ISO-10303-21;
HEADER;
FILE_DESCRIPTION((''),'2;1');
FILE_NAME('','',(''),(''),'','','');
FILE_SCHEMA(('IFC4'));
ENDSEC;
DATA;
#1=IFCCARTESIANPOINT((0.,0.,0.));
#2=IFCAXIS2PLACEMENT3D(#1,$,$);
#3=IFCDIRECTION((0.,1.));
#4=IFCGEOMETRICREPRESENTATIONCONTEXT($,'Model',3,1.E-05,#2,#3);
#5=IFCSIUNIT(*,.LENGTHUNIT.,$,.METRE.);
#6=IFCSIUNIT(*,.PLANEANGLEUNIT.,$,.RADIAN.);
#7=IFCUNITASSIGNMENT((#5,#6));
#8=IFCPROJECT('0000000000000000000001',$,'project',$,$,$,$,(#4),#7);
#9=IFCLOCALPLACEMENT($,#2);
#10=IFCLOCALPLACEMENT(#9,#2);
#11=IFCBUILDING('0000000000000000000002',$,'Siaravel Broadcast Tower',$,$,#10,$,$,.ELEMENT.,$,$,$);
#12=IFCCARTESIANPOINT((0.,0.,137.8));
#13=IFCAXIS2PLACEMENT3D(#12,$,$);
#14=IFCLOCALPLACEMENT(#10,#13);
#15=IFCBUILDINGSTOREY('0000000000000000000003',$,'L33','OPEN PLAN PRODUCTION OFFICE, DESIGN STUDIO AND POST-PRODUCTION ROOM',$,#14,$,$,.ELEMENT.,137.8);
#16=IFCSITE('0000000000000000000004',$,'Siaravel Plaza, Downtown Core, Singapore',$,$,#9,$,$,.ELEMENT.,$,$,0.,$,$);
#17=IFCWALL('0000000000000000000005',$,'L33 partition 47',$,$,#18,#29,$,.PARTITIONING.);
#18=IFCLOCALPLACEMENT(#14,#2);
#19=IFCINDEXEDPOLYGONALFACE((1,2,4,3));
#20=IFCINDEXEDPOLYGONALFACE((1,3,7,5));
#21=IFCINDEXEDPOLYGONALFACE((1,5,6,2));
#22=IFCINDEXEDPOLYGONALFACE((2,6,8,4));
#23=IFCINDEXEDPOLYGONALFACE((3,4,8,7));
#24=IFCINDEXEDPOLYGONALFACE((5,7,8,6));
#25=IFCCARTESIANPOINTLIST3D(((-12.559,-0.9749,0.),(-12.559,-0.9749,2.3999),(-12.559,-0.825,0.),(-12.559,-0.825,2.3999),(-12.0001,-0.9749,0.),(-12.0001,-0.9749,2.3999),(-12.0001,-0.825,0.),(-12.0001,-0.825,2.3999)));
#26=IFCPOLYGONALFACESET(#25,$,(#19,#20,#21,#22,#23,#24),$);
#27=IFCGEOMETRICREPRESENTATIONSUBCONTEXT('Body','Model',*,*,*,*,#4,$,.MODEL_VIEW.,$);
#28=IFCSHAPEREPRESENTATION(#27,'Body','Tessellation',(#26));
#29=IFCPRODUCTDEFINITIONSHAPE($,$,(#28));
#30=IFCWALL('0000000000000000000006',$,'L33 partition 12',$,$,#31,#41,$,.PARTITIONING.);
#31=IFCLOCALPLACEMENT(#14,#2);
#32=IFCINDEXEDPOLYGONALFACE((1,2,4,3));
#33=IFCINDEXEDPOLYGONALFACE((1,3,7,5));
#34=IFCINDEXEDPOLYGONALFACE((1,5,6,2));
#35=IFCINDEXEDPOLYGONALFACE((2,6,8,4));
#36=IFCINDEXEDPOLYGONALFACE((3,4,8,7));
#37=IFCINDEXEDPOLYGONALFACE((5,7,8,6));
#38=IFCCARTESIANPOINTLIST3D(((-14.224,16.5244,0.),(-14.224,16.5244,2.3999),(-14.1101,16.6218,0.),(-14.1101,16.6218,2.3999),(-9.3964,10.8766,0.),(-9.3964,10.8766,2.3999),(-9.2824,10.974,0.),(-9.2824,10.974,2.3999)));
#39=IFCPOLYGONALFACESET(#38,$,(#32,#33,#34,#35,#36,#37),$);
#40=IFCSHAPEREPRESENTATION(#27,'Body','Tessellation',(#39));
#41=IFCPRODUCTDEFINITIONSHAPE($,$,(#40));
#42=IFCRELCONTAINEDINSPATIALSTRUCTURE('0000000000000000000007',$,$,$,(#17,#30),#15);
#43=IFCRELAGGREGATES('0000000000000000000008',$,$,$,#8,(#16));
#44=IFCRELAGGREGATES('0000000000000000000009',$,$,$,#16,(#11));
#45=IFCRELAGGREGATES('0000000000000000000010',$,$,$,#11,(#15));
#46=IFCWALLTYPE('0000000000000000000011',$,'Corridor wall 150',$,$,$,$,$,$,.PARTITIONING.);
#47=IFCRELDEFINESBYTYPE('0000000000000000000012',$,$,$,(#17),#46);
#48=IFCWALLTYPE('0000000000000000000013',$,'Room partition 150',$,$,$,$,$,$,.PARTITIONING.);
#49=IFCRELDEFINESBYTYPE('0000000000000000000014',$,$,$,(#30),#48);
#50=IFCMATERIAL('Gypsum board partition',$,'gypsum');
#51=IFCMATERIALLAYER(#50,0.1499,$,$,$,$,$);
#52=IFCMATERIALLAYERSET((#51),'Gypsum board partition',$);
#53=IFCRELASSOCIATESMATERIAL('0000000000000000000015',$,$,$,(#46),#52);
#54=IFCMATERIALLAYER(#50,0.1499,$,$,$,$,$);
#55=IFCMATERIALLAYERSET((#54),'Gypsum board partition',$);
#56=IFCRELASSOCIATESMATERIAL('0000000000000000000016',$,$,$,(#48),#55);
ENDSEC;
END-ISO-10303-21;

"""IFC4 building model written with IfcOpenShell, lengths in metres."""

from ifc_helpers import new_model, si_unit, direction, frame, frame_2d, origin, place, context, subcontext, project, spatial, rectangle, extrude, material, layer, layer_set, type_object, element, save


model = new_model("IFC4")

# Units and contexts
model_context = context("Model", 3, precision=1e-05, world=origin(), true_north=direction((0.0, 1.0)))
body_context = subcontext(model_context, "Body", "Model", "MODEL_VIEW")
ifc_project = project(units=[si_unit("LENGTHUNIT", "METRE"), si_unit("PLANEANGLEUNIT", "RADIAN")], contexts=[model_context])

# Site, building, storey
site_placement = place(None, origin())
site = spatial("IfcSite", under=ifc_project, at=site_placement, Name="Siaravel Plaza, Downtown Core, Singapore", CompositionType="ELEMENT", RefElevation=0.0)
building_placement = place(site_placement, origin())
building = spatial("IfcBuilding", under=site, at=building_placement, Name="Siaravel Broadcast Tower", CompositionType="ELEMENT")
storey_placement = place(building_placement, frame((0.0, 0.0, 137.8)))
storey = spatial("IfcBuildingStorey", under=building, at=storey_placement, Name="L33", Description="OPEN PLAN PRODUCTION OFFICE, DESIGN STUDIO AND POST-PRODUCTION ROOM", CompositionType="ELEMENT", Elevation=137.8)

# Shared definitions
ifc_material_1 = material(Name="Gypsum board partition", Category="gypsum")
ifc_layer_1 = layer(ifc_material_1, 0.1499)
ifc_layer_set_1 = layer_set([ifc_layer_1], Name="Gypsum board partition")
wall_type_1 = type_object("IfcWallType", Name="Corridor wall 150", PredefinedType="PARTITIONING", material=ifc_layer_set_1)

# Walls
wall_1_placement = place(storey_placement, frame((-12.5588, -0.8999, 0.0), z_axis=(0.0, 0.0, 1.0), x_axis=(1.0, 0.0, 0.0)))
element("IfcWall", 1, at=wall_1_placement, inside=storey, type_object=wall_type_1, Name="L33 partition 47", PredefinedType="PARTITIONING", context=body_context, shape_type="SweptSolid", body=[
    extrude(rectangle(XDim=0.5588, YDim=0.1499, at=frame_2d((0.2793, 0.0))), origin(), (0.0, 0.0, 1.0), 2.3999),
])
ifc_layer_2 = layer(ifc_material_1, 0.1499)
ifc_layer_set_2 = layer_set([ifc_layer_2], Name="Gypsum board partition")
wall_type_2 = type_object("IfcWallType", Name="Room partition 150", PredefinedType="PARTITIONING", material=ifc_layer_set_2)
wall_2_placement = place(storey_placement, frame((-14.167, 16.573, 0.0), z_axis=(0.0, 0.0, 1.0), x_axis=(0.649762, -0.760137, 0.0)))
element("IfcWall", 2, at=wall_2_placement, inside=storey, type_object=wall_type_2, Name="L33 partition 12", PredefinedType="PARTITIONING", context=body_context, shape_type="SweptSolid", body=[
    extrude(rectangle(XDim=7.4299, YDim=0.1499, at=frame_2d((3.7148, 0.0))), origin(), (0.0, 0.0, 1.0), 2.3999),
])

save(model, "model.ifc")
